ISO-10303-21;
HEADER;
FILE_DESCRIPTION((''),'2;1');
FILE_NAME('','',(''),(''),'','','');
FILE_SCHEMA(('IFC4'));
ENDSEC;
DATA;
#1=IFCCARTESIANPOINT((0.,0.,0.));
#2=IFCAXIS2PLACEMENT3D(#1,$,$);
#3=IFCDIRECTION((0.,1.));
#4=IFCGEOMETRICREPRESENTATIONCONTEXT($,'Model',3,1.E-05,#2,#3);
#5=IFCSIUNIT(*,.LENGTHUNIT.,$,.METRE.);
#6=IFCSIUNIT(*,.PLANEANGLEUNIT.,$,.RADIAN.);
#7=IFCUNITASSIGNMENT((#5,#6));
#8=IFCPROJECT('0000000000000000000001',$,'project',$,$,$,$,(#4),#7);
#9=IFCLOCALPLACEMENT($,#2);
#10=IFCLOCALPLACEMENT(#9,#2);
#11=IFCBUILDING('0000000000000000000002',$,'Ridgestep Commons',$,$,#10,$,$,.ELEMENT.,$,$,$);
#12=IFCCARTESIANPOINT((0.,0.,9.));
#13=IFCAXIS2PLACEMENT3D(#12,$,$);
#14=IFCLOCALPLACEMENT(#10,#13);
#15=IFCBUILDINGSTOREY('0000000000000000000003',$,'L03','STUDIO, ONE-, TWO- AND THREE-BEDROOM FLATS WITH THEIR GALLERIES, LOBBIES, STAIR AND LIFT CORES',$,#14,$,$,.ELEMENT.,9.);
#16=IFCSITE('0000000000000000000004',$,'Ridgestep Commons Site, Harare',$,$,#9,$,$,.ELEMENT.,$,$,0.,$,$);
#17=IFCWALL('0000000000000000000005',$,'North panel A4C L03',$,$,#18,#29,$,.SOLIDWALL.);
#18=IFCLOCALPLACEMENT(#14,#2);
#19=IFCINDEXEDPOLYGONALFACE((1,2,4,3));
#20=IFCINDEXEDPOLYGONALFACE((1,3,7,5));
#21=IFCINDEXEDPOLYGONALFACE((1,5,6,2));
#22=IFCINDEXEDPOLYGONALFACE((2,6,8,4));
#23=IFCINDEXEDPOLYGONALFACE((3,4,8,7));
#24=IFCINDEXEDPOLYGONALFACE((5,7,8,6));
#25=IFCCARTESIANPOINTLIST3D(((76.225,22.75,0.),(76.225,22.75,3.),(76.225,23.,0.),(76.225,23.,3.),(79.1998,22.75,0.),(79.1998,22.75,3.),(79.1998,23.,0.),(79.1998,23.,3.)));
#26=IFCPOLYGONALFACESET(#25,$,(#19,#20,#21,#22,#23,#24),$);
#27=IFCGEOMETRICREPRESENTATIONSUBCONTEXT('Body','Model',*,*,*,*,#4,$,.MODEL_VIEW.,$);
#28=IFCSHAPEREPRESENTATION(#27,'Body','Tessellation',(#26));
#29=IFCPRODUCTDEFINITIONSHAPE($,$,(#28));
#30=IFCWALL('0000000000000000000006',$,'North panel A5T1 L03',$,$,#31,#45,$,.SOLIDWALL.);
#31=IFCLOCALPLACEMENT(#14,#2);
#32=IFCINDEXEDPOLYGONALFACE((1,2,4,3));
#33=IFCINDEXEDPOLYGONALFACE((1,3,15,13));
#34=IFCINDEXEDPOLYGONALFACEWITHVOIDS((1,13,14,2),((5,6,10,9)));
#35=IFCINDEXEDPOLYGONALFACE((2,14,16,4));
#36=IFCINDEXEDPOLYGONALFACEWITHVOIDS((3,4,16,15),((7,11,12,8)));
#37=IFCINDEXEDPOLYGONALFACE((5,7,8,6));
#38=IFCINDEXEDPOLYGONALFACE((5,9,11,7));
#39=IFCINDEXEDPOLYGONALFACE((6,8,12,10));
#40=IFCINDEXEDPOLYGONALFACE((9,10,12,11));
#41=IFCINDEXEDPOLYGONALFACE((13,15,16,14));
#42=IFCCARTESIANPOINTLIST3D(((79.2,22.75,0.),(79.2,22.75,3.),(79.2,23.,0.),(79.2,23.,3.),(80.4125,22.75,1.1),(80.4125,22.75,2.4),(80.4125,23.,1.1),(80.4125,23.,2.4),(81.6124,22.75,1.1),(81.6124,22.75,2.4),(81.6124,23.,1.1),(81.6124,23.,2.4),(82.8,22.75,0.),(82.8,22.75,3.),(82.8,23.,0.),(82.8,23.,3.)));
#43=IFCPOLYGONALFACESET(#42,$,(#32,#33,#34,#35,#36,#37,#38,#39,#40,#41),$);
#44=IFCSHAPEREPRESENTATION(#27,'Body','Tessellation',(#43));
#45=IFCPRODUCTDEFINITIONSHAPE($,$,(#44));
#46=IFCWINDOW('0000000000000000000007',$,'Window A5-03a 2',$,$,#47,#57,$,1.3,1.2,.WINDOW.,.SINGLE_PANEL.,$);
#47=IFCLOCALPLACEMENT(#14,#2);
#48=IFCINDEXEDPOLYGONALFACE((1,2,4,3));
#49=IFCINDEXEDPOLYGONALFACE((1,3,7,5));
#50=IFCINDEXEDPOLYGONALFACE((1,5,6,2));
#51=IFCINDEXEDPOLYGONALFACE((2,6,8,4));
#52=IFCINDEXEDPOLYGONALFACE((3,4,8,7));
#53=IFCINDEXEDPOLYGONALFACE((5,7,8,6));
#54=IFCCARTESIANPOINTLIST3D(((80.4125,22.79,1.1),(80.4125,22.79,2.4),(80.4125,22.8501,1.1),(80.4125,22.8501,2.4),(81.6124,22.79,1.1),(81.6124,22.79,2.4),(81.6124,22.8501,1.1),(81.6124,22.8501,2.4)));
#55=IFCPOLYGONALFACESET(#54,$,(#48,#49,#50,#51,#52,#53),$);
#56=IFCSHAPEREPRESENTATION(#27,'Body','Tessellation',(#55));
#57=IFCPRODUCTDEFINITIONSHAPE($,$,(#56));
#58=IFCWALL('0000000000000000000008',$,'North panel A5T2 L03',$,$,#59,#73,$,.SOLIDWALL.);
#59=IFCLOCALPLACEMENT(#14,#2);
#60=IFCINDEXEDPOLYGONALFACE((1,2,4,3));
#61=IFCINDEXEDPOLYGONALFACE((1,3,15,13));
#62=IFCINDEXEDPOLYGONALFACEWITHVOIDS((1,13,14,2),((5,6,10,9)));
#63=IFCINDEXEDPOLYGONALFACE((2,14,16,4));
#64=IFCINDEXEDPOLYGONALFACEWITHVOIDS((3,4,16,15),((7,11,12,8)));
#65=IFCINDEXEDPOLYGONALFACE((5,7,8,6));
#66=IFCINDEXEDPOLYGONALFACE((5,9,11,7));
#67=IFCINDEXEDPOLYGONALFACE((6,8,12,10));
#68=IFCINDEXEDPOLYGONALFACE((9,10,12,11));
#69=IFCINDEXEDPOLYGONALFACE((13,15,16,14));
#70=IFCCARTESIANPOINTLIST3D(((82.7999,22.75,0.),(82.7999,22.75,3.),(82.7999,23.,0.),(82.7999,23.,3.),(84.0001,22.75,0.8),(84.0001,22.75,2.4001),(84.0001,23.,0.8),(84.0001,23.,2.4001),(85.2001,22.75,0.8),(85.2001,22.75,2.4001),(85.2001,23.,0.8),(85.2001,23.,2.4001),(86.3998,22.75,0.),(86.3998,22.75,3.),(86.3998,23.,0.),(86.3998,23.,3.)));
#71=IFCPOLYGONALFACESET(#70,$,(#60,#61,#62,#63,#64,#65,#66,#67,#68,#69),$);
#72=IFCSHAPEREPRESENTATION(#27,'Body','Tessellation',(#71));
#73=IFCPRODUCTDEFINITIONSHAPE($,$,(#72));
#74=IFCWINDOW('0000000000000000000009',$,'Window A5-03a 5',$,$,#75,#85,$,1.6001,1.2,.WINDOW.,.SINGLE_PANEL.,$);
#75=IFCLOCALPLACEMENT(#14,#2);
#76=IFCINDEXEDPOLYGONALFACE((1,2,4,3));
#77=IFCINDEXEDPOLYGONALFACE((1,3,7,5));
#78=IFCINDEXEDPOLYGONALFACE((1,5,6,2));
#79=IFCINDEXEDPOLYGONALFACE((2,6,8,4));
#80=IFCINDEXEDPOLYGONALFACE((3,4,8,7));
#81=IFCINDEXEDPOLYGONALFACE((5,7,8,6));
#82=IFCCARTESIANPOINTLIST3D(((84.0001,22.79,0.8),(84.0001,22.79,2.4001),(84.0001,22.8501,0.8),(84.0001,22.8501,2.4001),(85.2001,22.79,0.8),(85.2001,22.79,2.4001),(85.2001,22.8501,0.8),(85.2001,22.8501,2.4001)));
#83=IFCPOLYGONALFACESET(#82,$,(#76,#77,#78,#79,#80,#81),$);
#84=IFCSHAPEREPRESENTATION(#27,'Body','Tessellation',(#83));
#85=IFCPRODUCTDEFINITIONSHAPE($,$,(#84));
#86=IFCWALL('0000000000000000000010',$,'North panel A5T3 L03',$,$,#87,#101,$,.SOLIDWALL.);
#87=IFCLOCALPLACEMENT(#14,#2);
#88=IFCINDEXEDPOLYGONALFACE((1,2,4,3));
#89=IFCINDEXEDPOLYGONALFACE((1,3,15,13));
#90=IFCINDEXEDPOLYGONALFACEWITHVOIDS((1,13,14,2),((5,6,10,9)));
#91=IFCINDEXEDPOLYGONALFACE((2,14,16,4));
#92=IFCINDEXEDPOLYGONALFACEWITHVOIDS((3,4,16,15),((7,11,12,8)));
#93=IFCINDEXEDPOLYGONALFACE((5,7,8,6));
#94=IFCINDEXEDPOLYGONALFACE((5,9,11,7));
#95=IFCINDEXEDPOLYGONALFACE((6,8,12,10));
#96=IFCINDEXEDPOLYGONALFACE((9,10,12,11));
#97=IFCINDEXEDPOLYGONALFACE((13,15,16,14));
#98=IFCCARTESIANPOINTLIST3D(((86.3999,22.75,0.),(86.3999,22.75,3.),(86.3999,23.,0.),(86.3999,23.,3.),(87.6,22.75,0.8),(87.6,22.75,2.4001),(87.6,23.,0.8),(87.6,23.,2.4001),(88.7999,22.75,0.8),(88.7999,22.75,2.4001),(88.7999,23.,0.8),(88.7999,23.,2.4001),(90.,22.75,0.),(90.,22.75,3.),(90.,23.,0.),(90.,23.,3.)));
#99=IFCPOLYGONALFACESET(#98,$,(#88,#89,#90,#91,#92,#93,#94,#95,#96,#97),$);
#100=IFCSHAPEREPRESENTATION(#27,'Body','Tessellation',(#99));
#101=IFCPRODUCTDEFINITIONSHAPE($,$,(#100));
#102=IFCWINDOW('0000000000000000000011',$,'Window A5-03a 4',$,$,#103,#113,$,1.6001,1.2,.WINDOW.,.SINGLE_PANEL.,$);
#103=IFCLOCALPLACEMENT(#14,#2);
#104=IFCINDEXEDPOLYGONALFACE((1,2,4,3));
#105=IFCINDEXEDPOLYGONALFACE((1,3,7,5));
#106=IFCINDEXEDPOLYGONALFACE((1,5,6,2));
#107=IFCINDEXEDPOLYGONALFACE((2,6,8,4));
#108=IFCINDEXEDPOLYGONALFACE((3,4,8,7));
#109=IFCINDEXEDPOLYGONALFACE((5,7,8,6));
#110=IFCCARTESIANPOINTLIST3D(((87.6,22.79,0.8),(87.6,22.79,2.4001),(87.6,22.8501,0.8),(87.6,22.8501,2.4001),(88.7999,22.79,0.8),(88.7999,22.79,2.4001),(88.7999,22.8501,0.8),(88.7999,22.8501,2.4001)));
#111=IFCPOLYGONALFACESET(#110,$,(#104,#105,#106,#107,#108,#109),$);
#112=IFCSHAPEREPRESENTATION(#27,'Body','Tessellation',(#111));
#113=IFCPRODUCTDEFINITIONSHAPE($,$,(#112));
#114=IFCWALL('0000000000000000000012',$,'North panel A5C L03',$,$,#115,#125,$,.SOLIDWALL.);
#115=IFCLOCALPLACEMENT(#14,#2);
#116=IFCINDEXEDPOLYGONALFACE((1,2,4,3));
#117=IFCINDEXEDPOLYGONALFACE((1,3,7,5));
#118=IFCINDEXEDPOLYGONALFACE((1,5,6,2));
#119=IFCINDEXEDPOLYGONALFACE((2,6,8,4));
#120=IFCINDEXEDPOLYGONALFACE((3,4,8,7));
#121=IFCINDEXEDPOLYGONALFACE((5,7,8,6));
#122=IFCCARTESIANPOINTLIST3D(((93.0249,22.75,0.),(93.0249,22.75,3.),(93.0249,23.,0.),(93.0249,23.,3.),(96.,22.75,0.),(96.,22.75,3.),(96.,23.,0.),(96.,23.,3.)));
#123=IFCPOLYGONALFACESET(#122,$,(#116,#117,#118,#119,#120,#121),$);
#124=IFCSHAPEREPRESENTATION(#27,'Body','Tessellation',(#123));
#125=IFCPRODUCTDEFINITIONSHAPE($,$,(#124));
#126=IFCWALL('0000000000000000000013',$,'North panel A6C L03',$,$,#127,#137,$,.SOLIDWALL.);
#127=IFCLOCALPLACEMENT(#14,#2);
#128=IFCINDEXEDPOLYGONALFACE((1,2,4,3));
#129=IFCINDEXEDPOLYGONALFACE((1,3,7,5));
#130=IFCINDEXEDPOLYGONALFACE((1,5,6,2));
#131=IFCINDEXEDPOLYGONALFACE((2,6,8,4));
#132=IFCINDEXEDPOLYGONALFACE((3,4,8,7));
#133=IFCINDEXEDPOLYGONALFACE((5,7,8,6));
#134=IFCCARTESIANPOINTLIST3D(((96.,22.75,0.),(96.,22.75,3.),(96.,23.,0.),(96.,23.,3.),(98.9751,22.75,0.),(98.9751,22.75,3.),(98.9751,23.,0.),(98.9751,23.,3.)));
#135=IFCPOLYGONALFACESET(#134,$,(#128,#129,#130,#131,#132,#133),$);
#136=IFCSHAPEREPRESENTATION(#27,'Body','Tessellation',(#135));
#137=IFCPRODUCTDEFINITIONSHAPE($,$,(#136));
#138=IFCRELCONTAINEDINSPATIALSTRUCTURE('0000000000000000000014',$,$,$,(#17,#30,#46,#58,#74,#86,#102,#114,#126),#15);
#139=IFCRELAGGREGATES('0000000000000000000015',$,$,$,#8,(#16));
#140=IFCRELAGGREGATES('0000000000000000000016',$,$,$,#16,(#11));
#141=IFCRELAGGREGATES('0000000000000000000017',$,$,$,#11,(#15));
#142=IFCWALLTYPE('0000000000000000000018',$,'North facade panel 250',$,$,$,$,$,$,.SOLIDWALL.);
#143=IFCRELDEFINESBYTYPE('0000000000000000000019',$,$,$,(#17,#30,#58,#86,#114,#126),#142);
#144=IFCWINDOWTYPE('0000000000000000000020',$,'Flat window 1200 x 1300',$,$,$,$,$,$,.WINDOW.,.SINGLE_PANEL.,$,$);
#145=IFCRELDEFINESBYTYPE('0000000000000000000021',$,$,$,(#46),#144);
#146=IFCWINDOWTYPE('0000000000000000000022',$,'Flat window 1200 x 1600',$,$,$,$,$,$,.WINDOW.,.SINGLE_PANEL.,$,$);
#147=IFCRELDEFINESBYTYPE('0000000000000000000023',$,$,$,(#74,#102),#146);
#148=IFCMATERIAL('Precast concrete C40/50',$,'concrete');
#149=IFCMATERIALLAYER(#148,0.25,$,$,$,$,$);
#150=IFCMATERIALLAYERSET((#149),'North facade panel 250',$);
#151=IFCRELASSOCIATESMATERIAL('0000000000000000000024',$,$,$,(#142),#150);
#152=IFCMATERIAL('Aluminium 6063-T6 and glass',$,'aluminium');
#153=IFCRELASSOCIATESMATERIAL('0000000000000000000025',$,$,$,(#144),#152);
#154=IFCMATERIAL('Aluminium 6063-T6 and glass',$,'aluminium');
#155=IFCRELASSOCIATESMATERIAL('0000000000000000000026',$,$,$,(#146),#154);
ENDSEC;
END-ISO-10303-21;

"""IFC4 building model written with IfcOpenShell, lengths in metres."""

from ifc_helpers import new_model, si_unit, direction, frame, frame_2d, origin, place, context, subcontext, project, spatial, rectangle, extrude, material, layer, layer_set, type_object, element, fill, save


model = new_model("IFC4")

# Units and contexts
model_context = context("Model", 3, precision=1e-05, world=origin(), true_north=direction((0.0, 1.0)))
body_context = subcontext(model_context, "Body", "Model", "MODEL_VIEW")
ifc_project = project(units=[si_unit("LENGTHUNIT", "METRE"), si_unit("PLANEANGLEUNIT", "RADIAN")], contexts=[model_context])

# Site, building, storey
site_placement = place(None, origin())
site = spatial("IfcSite", under=ifc_project, at=site_placement, Name="Ridgestep Commons Site, Harare", CompositionType="ELEMENT", RefElevation=0.0)
building_placement = place(site_placement, origin())
building = spatial("IfcBuilding", under=site, at=building_placement, Name="Ridgestep Commons", CompositionType="ELEMENT")
storey_placement = place(building_placement, frame((0.0, 0.0, 9.0)))
storey = spatial("IfcBuildingStorey", under=building, at=storey_placement, Name="L03", Description="STUDIO, ONE-, TWO- AND THREE-BEDROOM FLATS WITH THEIR GALLERIES, LOBBIES, STAIR AND LIFT CORES", CompositionType="ELEMENT", Elevation=9.0)

# Wall
ifc_material_1 = material(Name="Precast concrete C40/50", Category="concrete")
ifc_layer_1 = layer(ifc_material_1, 0.25)
ifc_layer_set_1 = layer_set([ifc_layer_1], Name="North facade panel 250")
wall_type_1 = type_object("IfcWallType", Name="North facade panel 250", PredefinedType="SOLIDWALL", material=ifc_layer_set_1)
wall_1_placement = place(storey_placement, frame((76.2251, 22.875, 0.0), z_axis=(0.0, 0.0, 1.0), x_axis=(1.0, 0.0, 0.0)))
element("IfcWall", 1, at=wall_1_placement, inside=storey, type_object=wall_type_1, Name="North panel A4C L03", PredefinedType="SOLIDWALL", context=body_context, shape_type="SweptSolid", body=[
    extrude(rectangle(XDim=2.9749, YDim=0.25, at=frame_2d((1.4873, 0.0))), origin(), (0.0, 0.0, 1.0), 3.0),
])

# Walls, openings, windows
wall_2_placement = place(storey_placement, frame((79.2, 22.875, 0.0), z_axis=(0.0, 0.0, 1.0), x_axis=(1.0, 0.0, 0.0)))
wall_2 = element("IfcWall", 2, at=wall_2_placement, inside=storey, type_object=wall_type_1, Name="North panel A5T1 L03", PredefinedType="SOLIDWALL", context=body_context, shape_type="SweptSolid", body=[
    extrude(rectangle(XDim=3.6001, YDim=0.25, at=frame_2d((1.8, 0.0))), origin(), (0.0, 0.0, 1.0), 3.0),
])
opening_1_placement = place(wall_2_placement, frame((1.2124, 0.0, 1.1001)))
opening_1 = element("IfcOpeningElement", 3, at=opening_1_placement, cuts=wall_2, PredefinedType="OPENING", context=body_context, shape_type="SweptSolid", body=[
    extrude(rectangle(XDim=1.2, YDim=1.3, at=frame_2d((0.6001, 0.6499))), frame((0.0, 0.135, 0.0), z_axis=(0.0, -1.0, 0.0), x_axis=(1.0, 0.0, 0.0)), (0.0, 0.0, 1.0), 0.27),
])
ifc_material_2 = material(Name="Aluminium 6063-T6 and glass", Category="aluminium")
window_type_1 = type_object("IfcWindowType", Name="Flat window 1200 x 1300", PartitioningType="SINGLE_PANEL", PredefinedType="WINDOW", material=ifc_material_2)
window_1_placement = place(opening_1_placement, origin())
window_1 = element("IfcWindow", 4, at=window_1_placement, inside=storey, type_object=window_type_1, Name="Window A5-03a 2", OverallHeight=1.3, OverallWidth=1.2, PartitioningType="SINGLE_PANEL", PredefinedType="WINDOW", context=body_context, shape_type="SweptSolid", body=[
    extrude(rectangle(XDim=1.2, YDim=1.3, at=frame_2d((0.6001, 0.6499))), frame((0.0, -0.0249, 0.0), z_axis=(0.0, -1.0, 0.0), x_axis=(1.0, 0.0, 0.0)), (0.0, 0.0, 1.0), 0.0601),
])
fill(opening_1, window_1)
wall_3_placement = place(storey_placement, frame((82.8, 22.875, 0.0), z_axis=(0.0, 0.0, 1.0), x_axis=(1.0, 0.0, 0.0)))
wall_3 = element("IfcWall", 5, at=wall_3_placement, inside=storey, type_object=wall_type_1, Name="North panel A5T2 L03", PredefinedType="SOLIDWALL", context=body_context, shape_type="SweptSolid", body=[
    extrude(rectangle(XDim=3.5999, YDim=0.25, at=frame_2d((1.7998, 0.0))), origin(), (0.0, 0.0, 1.0), 3.0),
])
opening_2_placement = place(wall_3_placement, frame((1.2, 0.0, 0.8)))
opening_2 = element("IfcOpeningElement", 6, at=opening_2_placement, cuts=wall_3, PredefinedType="OPENING", context=body_context, shape_type="SweptSolid", body=[
    extrude(rectangle(XDim=1.2, YDim=1.6001, at=frame_2d((0.6001, 0.8))), frame((0.0, 0.135, 0.0), z_axis=(0.0, -1.0, 0.0), x_axis=(1.0, 0.0, 0.0)), (0.0, 0.0, 1.0), 0.27),
])
ifc_material_3 = material(Name="Aluminium 6063-T6 and glass", Category="aluminium")
window_type_2 = type_object("IfcWindowType", Name="Flat window 1200 x 1600", PartitioningType="SINGLE_PANEL", PredefinedType="WINDOW", material=ifc_material_3)
window_2_placement = place(opening_2_placement, origin())
window_2 = element("IfcWindow", 7, at=window_2_placement, inside=storey, type_object=window_type_2, Name="Window A5-03a 5", OverallHeight=1.6001, OverallWidth=1.2, PartitioningType="SINGLE_PANEL", PredefinedType="WINDOW", context=body_context, shape_type="SweptSolid", body=[
    extrude(rectangle(XDim=1.2, YDim=1.6001, at=frame_2d((0.6001, 0.8))), frame((0.0, -0.0249, 0.0), z_axis=(0.0, -1.0, 0.0), x_axis=(1.0, 0.0, 0.0)), (0.0, 0.0, 1.0), 0.0601),
])
fill(opening_2, window_2)
wall_4_placement = place(storey_placement, frame((86.3999, 22.875, 0.0), z_axis=(0.0, 0.0, 1.0), x_axis=(1.0, 0.0, 0.0)))
wall_4 = element("IfcWall", 8, at=wall_4_placement, inside=storey, type_object=wall_type_1, Name="North panel A5T3 L03", PredefinedType="SOLIDWALL", context=body_context, shape_type="SweptSolid", body=[
    extrude(rectangle(XDim=3.6001, YDim=0.25, at=frame_2d((1.8, 0.0))), origin(), (0.0, 0.0, 1.0), 3.0),
])
opening_3_placement = place(wall_4_placement, frame((1.2, 0.0, 0.8)))
opening_3 = element("IfcOpeningElement", 9, at=opening_3_placement, cuts=wall_4, PredefinedType="OPENING", context=body_context, shape_type="SweptSolid", body=[
    extrude(rectangle(XDim=1.2, YDim=1.6001, at=frame_2d((0.6001, 0.8))), frame((0.0, 0.135, 0.0), z_axis=(0.0, -1.0, 0.0), x_axis=(1.0, 0.0, 0.0)), (0.0, 0.0, 1.0), 0.27),
])
window_3_placement = place(opening_3_placement, origin())
window_3 = element("IfcWindow", 10, at=window_3_placement, inside=storey, type_object=window_type_2, Name="Window A5-03a 4", OverallHeight=1.6001, OverallWidth=1.2, PartitioningType="SINGLE_PANEL", PredefinedType="WINDOW", context=body_context, shape_type="SweptSolid", body=[
    extrude(rectangle(XDim=1.2, YDim=1.6001, at=frame_2d((0.6001, 0.8))), frame((0.0, -0.0249, 0.0), z_axis=(0.0, -1.0, 0.0), x_axis=(1.0, 0.0, 0.0)), (0.0, 0.0, 1.0), 0.0601),
])
fill(opening_3, window_3)

# Walls
for number, where, z_axis, x_axis, name in (
    (11, (93.0249, 22.875, 0.0), (0.0, 0.0, 1.0), (1.0, 0.0, 0.0), "North panel A5C L03"),
    (12, (96.0, 22.875, 0.0), (0.0, 0.0, 1.0), (1.0, 0.0, 0.0), "North panel A6C L03"),
):
    element("IfcWall", number, at=place(storey_placement, frame(where, z_axis=z_axis, x_axis=x_axis)), inside=storey, type_object=wall_type_1, Name=name, PredefinedType="SOLIDWALL", context=body_context, shape_type="SweptSolid", body=[
        extrude(rectangle(XDim=2.9751, YDim=0.25, at=frame_2d((1.4875, 0.0))), origin(), (0.0, 0.0, 1.0), 3.0),
    ])

save(model, "model.ifc")
